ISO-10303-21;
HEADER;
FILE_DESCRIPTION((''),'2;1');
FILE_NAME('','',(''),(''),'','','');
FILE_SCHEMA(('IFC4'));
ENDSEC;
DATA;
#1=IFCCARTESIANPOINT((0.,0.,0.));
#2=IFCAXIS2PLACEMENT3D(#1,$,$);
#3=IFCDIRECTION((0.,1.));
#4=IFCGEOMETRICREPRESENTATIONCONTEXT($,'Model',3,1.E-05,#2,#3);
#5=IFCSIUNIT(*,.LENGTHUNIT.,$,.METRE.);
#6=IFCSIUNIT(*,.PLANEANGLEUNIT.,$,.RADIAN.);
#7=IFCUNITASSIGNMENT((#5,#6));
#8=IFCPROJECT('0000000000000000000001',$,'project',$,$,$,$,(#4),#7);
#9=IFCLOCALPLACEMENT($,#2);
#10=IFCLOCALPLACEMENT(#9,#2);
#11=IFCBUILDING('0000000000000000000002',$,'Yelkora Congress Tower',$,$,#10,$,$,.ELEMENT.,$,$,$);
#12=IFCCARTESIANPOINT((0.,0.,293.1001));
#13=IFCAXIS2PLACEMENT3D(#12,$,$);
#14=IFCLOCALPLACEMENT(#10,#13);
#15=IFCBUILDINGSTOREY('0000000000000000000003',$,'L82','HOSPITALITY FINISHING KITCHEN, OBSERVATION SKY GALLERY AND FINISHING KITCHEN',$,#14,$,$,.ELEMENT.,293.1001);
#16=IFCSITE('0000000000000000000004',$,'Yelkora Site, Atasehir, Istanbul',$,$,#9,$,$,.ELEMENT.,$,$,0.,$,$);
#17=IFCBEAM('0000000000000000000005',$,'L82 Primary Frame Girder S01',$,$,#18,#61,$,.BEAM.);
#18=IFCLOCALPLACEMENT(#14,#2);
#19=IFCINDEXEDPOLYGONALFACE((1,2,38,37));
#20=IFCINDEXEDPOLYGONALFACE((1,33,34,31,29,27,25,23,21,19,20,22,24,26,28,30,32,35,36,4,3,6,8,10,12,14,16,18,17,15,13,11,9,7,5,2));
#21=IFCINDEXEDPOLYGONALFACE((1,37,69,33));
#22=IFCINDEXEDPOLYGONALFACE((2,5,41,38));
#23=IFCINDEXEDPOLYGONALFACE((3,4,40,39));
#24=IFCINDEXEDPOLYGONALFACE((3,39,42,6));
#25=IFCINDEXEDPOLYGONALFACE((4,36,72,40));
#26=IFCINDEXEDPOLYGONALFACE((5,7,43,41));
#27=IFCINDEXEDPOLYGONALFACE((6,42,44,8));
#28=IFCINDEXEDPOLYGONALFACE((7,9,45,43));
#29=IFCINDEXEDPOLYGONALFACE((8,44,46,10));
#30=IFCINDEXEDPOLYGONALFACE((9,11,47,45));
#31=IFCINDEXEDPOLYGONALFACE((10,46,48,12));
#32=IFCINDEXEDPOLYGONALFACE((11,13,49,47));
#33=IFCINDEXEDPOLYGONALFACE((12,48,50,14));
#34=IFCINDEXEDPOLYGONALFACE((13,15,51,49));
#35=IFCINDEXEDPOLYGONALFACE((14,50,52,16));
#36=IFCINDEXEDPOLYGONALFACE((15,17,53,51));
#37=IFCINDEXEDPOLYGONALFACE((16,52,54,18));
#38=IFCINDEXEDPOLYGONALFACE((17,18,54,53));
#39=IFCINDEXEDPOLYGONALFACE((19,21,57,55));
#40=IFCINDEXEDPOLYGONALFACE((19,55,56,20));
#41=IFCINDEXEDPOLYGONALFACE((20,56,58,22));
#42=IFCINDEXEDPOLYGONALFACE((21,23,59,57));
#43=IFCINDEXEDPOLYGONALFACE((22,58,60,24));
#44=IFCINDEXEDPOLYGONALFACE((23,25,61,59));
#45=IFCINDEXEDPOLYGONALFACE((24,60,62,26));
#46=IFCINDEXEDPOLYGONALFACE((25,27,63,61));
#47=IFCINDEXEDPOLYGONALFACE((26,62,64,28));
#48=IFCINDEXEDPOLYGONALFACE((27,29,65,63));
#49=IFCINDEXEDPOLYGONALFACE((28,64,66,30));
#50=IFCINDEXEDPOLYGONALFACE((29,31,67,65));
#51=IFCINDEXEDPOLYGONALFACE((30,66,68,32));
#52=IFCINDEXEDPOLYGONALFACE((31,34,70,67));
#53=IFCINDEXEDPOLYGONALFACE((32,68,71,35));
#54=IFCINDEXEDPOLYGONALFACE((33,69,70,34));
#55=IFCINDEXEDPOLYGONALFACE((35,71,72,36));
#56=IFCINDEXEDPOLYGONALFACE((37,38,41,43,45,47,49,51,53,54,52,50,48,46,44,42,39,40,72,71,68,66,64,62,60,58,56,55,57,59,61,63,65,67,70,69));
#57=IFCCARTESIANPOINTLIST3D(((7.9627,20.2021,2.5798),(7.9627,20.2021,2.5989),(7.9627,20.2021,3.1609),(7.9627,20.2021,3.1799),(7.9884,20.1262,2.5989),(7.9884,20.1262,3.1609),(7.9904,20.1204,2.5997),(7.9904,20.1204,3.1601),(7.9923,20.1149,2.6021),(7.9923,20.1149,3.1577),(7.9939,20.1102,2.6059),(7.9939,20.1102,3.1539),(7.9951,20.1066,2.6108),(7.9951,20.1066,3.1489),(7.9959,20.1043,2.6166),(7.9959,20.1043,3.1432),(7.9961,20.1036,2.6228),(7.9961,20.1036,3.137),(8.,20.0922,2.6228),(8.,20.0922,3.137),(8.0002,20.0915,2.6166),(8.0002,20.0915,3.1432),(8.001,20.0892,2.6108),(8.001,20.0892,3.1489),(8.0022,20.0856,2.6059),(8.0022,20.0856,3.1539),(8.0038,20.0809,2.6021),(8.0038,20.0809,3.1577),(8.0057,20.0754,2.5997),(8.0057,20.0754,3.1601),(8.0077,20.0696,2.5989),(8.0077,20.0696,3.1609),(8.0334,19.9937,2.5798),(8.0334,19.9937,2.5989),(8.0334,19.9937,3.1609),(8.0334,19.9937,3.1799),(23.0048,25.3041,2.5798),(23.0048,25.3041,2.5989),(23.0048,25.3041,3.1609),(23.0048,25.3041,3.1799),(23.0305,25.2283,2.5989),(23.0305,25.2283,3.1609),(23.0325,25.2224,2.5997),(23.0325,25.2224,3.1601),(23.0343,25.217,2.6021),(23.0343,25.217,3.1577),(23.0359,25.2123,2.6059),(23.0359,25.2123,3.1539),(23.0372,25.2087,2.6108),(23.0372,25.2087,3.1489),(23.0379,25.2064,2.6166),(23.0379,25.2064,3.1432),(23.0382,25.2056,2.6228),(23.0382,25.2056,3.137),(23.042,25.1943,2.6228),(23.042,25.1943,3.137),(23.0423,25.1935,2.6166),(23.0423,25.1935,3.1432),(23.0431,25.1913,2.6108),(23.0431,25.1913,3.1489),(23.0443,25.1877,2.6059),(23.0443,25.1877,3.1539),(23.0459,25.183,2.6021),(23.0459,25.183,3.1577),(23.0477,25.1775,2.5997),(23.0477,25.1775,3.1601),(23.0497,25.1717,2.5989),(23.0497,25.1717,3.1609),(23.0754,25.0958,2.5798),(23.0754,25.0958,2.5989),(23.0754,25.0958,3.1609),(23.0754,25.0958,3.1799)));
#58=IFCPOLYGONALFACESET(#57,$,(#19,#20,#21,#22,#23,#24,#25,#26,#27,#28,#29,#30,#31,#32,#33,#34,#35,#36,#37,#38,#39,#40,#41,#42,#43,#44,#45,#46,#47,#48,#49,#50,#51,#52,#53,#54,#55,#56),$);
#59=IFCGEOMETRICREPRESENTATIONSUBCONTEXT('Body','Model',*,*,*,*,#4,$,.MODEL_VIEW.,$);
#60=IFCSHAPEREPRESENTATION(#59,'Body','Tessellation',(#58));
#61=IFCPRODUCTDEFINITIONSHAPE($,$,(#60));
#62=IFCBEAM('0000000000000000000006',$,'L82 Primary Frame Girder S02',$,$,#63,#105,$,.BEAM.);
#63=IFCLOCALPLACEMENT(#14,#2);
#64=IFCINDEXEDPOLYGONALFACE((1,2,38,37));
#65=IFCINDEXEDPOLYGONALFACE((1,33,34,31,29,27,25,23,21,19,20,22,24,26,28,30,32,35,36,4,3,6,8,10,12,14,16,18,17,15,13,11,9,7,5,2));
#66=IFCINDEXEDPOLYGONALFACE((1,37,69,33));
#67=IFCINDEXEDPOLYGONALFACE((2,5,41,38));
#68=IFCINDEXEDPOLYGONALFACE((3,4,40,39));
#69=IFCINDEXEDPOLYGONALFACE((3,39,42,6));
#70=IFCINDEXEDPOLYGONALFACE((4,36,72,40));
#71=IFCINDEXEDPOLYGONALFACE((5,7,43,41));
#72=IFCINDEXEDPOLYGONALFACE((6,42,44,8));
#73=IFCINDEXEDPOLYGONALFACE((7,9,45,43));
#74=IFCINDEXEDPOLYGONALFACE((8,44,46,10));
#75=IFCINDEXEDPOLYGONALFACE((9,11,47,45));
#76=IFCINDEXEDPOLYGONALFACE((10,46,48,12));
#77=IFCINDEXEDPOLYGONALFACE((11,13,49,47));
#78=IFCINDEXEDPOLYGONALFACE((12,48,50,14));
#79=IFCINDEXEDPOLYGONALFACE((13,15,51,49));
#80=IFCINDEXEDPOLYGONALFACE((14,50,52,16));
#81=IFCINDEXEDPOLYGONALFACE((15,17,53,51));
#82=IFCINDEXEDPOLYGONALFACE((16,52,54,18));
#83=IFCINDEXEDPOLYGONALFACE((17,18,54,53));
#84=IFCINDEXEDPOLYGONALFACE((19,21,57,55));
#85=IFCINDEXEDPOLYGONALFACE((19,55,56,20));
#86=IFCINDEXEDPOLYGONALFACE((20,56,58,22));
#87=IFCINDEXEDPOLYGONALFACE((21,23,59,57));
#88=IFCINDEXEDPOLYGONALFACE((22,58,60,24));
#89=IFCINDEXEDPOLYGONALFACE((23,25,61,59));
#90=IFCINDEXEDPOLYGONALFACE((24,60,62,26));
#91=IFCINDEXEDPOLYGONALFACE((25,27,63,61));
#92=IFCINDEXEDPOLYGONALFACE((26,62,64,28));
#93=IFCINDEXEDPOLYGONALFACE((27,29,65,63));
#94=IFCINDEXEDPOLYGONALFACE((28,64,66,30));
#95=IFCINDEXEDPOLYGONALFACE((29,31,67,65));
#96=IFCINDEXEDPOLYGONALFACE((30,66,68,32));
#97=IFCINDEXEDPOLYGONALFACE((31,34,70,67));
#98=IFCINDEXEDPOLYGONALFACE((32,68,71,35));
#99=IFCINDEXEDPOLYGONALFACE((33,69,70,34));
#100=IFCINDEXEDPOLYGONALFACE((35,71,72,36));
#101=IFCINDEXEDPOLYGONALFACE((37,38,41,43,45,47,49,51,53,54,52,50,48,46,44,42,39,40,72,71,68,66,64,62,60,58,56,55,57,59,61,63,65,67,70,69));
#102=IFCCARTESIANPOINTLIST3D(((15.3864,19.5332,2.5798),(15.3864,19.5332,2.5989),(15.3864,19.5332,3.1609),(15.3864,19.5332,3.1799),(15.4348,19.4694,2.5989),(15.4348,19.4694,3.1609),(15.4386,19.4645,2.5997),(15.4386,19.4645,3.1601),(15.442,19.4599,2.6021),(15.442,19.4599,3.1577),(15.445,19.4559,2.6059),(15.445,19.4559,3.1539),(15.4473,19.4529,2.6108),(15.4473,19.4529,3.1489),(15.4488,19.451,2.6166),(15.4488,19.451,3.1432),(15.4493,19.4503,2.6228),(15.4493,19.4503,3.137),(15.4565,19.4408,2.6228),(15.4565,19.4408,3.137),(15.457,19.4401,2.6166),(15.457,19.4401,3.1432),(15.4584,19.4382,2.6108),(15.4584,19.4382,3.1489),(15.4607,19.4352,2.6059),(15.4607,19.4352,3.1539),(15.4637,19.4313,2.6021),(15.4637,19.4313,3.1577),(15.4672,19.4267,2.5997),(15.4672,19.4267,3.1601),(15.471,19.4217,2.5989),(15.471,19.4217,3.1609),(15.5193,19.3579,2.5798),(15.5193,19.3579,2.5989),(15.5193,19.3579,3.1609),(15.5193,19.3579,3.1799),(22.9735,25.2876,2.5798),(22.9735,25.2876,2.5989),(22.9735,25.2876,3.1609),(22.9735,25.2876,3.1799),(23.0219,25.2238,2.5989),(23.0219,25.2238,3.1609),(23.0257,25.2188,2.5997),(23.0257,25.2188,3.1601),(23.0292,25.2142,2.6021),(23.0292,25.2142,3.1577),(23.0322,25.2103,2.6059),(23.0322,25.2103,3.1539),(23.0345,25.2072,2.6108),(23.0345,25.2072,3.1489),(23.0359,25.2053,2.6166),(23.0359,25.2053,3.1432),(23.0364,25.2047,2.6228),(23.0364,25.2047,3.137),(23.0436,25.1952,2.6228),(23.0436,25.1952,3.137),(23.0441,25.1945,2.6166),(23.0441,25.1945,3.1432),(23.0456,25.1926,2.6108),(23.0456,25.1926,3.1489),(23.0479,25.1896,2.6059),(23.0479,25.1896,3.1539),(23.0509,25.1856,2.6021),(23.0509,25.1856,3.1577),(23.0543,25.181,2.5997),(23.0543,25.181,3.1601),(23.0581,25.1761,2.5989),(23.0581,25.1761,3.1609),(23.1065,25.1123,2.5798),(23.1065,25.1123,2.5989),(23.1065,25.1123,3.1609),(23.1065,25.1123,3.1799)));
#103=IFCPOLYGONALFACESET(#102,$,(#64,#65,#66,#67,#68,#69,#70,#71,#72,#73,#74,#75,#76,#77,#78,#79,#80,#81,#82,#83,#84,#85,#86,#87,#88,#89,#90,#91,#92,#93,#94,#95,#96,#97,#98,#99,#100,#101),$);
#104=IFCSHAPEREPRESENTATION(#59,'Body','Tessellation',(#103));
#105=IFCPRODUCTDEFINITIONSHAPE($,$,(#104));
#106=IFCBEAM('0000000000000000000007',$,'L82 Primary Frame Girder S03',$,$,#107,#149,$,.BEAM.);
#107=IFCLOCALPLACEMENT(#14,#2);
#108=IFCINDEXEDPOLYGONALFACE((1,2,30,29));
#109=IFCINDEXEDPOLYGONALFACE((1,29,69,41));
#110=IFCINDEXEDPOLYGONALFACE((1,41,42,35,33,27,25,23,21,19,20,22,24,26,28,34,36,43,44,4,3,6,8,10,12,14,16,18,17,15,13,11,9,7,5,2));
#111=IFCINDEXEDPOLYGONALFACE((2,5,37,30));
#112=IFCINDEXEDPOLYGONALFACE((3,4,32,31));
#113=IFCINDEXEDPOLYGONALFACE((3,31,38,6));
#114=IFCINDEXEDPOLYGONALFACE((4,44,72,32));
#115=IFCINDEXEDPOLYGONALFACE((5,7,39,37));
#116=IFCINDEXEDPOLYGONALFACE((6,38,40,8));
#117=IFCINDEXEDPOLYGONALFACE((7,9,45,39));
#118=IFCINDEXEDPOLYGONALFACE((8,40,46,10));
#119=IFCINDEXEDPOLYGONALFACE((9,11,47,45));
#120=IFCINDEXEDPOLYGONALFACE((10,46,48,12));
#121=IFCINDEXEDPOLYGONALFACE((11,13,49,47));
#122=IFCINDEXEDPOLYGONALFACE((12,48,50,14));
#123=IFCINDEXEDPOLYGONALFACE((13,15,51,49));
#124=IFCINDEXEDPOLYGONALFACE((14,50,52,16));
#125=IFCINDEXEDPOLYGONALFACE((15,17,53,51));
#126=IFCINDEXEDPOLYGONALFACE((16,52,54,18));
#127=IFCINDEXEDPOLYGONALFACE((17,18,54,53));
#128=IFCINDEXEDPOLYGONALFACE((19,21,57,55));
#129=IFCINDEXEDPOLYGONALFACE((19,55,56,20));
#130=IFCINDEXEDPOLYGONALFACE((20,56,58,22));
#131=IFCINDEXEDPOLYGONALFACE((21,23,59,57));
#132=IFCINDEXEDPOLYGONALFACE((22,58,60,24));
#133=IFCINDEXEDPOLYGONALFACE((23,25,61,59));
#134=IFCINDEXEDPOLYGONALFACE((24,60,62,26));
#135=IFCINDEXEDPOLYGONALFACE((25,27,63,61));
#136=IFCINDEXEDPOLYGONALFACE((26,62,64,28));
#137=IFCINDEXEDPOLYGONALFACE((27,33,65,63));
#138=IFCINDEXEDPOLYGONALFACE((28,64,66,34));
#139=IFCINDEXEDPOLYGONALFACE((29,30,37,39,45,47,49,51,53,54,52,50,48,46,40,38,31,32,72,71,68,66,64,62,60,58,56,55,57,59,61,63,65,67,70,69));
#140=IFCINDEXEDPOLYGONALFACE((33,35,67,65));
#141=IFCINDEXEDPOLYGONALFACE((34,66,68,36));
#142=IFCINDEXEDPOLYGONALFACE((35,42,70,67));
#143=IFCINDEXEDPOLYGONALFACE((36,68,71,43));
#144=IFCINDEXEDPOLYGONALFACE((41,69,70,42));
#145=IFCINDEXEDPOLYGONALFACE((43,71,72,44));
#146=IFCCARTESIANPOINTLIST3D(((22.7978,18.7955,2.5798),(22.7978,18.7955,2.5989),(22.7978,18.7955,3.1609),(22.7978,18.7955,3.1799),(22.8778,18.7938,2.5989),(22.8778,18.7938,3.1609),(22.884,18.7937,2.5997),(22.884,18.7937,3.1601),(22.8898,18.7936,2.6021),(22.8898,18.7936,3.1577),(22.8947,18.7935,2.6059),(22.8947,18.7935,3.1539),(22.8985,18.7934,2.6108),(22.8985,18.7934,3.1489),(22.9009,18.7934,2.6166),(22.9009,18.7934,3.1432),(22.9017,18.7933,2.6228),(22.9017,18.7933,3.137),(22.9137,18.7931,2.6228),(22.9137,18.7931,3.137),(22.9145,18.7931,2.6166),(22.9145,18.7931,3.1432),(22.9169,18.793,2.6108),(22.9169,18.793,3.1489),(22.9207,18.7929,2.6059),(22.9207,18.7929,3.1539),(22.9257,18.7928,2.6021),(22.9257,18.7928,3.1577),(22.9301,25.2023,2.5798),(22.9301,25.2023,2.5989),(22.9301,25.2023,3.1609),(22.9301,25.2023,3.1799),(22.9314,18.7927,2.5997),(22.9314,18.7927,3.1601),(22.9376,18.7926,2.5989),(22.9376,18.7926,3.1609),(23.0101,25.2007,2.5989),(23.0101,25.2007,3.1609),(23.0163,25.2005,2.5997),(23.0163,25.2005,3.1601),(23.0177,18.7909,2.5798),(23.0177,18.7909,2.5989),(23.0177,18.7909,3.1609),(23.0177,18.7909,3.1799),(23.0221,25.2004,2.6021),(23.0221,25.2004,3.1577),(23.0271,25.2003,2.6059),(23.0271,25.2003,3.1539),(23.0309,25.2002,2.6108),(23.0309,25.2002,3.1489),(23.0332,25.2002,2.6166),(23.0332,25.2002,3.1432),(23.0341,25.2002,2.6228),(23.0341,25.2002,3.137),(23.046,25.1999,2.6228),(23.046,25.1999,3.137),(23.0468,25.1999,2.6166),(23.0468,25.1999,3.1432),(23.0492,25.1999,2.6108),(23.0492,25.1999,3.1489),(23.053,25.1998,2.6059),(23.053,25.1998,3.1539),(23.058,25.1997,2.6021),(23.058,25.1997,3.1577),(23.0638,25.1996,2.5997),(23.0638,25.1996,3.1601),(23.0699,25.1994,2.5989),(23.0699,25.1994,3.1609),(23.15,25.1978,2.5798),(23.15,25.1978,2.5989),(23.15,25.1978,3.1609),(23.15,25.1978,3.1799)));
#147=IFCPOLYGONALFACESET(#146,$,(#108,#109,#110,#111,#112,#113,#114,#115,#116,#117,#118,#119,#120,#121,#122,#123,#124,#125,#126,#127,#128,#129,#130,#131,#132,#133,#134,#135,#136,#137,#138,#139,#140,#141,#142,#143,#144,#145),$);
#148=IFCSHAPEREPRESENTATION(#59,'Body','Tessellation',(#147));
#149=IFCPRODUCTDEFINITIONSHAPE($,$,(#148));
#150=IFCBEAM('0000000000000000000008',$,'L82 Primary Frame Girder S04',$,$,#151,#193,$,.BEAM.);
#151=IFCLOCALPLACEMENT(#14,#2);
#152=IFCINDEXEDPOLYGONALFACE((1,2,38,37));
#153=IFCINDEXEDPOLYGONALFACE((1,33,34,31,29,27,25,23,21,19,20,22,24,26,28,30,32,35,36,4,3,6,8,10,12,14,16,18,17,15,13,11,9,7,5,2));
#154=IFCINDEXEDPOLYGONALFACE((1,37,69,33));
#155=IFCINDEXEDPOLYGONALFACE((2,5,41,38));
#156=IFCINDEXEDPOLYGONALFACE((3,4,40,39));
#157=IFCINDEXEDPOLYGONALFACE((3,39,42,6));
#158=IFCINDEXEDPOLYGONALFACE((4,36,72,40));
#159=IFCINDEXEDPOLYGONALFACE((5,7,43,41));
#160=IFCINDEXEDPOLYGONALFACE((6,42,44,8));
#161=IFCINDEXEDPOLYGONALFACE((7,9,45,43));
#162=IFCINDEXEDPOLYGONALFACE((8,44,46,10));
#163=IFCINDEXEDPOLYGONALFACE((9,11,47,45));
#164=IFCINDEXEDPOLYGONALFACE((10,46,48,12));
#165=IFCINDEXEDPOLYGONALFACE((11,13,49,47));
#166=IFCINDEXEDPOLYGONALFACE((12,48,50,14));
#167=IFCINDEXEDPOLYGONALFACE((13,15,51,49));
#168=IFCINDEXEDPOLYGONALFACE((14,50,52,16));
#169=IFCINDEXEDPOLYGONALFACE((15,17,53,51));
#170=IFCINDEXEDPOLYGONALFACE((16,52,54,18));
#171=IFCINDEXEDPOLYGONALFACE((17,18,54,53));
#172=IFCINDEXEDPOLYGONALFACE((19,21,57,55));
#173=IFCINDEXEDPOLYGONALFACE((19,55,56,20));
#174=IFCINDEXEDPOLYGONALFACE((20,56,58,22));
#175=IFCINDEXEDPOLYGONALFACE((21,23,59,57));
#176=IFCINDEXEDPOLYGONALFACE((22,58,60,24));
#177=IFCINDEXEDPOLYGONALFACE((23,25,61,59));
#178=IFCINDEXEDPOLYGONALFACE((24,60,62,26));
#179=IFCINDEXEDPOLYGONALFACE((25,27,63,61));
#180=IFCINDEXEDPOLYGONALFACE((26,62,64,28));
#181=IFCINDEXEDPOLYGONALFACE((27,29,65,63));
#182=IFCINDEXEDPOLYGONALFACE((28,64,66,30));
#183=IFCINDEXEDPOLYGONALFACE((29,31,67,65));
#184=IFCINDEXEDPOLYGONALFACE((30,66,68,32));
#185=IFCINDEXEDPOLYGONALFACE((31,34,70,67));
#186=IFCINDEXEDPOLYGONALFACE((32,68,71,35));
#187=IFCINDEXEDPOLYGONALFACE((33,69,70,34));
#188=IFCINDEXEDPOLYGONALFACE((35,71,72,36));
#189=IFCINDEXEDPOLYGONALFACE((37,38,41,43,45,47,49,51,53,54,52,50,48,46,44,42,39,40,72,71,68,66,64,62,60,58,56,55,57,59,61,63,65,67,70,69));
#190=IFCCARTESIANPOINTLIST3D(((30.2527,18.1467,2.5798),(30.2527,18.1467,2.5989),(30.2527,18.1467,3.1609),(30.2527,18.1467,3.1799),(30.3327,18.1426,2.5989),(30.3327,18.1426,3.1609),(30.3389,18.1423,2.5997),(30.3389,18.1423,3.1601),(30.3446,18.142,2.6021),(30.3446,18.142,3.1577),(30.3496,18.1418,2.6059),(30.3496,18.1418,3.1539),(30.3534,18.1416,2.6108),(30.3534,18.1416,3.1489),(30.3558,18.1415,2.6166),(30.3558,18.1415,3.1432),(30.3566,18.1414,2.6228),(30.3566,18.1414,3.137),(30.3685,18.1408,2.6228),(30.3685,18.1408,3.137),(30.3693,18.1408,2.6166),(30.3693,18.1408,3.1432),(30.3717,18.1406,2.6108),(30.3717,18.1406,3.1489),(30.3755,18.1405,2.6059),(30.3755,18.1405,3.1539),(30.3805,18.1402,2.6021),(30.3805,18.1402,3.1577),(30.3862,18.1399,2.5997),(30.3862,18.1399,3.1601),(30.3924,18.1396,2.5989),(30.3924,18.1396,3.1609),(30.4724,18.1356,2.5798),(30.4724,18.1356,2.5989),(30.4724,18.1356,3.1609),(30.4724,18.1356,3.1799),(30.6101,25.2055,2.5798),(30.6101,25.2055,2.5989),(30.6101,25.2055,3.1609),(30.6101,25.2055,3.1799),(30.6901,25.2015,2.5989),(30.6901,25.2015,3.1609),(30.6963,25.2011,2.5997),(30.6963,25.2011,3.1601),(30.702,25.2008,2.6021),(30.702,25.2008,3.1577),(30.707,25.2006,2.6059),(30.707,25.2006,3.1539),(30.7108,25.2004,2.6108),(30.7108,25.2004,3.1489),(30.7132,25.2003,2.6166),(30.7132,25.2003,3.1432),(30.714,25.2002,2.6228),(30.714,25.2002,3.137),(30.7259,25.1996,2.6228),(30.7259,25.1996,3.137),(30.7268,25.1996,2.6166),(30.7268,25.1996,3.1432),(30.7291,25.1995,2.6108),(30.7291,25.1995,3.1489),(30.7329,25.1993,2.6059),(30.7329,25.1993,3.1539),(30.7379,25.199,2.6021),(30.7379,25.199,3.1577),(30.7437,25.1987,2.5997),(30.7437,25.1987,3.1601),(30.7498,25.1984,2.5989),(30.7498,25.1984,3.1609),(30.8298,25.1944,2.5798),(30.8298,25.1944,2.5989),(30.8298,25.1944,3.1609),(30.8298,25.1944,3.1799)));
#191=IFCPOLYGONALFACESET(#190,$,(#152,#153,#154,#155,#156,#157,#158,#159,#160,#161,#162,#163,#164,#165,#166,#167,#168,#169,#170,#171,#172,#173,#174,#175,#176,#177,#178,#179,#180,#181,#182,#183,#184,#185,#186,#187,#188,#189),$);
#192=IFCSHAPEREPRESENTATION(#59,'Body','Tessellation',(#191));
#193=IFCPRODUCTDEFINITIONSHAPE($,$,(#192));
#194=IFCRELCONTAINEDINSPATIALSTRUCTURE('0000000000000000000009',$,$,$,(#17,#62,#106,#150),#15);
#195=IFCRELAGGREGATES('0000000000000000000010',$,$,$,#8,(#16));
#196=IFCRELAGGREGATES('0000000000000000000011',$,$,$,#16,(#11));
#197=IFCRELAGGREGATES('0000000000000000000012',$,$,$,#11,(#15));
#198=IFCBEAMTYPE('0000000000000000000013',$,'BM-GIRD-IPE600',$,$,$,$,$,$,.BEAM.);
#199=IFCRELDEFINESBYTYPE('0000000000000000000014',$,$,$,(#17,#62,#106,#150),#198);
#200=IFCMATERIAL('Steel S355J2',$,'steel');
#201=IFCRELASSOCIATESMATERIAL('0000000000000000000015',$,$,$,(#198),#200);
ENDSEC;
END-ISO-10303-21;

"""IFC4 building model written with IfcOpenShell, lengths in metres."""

from ifc_helpers import new_model, si_unit, direction, frame, origin, origin_2d, place, context, subcontext, project, spatial, i_section, extrude, material, material_profile, profile_set, type_object, element, save


model = new_model("IFC4")

# Units and contexts
model_context = context("Model", 3, precision=1e-05, world=origin(), true_north=direction((0.0, 1.0)))
body_context = subcontext(model_context, "Body", "Model", "MODEL_VIEW")
ifc_project = project(units=[si_unit("LENGTHUNIT", "METRE"), si_unit("PLANEANGLEUNIT", "RADIAN")], contexts=[model_context])

# Site, building, storey
site_placement = place(None, origin())
site = spatial("IfcSite", under=ifc_project, at=site_placement, Name="Yelkora Site, Atasehir, Istanbul", CompositionType="ELEMENT", RefElevation=0.0)
building_placement = place(site_placement, origin())
building = spatial("IfcBuilding", under=site, at=building_placement, Name="Yelkora Congress Tower", CompositionType="ELEMENT")
storey_placement = place(building_placement, frame((0.0, 0.0, 293.1001)))
storey = spatial("IfcBuildingStorey", under=building, at=storey_placement, Name="L82", Description="HOSPITALITY FINISHING KITCHEN, OBSERVATION SKY GALLERY AND FINISHING KITCHEN", CompositionType="ELEMENT", Elevation=293.1001)

# Shared definitions
ifc_material_1 = material(Name="Steel S355J2", Category="steel")

# Beams
ifc_material_profile_1 = material_profile(ifc_material_1, i_section(OverallWidth=0.22, OverallDepth=0.6001, WebThickness=0.012, FlangeThickness=0.019, FilletRadius=0.0239, at=origin_2d()), Name="IPE 600")
ifc_profile_set_1 = profile_set([ifc_material_profile_1], Name="Steel S355J2")
beam_type_1 = type_object("IfcBeamType", Name="BM-GIRD-IPE600", PredefinedType="BEAM", material=ifc_profile_set_1)
beam_1_placement = place(storey_placement, frame((7.998, 20.0979, 2.8799), z_axis=(0.947007, 0.321213, 0.0), x_axis=(-0.321213, 0.947007, 0.0)))
element("IfcBeam", 1, at=beam_1_placement, inside=storey, type_object=beam_type_1, Name="L82 Primary Frame Girder S01", PredefinedType="BEAM", context=body_context, shape_type="SweptSolid", body=[
    extrude(i_section(OverallWidth=0.22, OverallDepth=0.6001, WebThickness=0.012, FlangeThickness=0.019, FilletRadius=0.0239, at=origin_2d()), origin(), (0.0, 0.0, 1.0), 15.8838),
])
beam_2_placement = place(storey_placement, frame((15.4529, 19.4456, 2.8799), z_axis=(0.796761, 0.604294, 0.0), x_axis=(-0.604294, 0.796761, 0.0)))
element("IfcBeam", 2, at=beam_2_placement, inside=storey, type_object=beam_type_1, Name="L82 Primary Frame Girder S02", PredefinedType="BEAM", context=body_context, shape_type="SweptSolid", body=[
    extrude(i_section(OverallWidth=0.22, OverallDepth=0.6001, WebThickness=0.012, FlangeThickness=0.019, FilletRadius=0.0239, at=origin_2d()), origin(), (0.0, 0.0, 1.0), 9.5225),
])
beam_3_placement = place(storey_placement, frame((22.9077, 18.7932, 2.8799), z_axis=(0.02065, 0.999787, 0.0), x_axis=(-0.999787, 0.02065, 0.0)))
element("IfcBeam", 3, at=beam_3_placement, inside=storey, type_object=beam_type_1, Name="L82 Primary Frame Girder S03", PredefinedType="BEAM", context=body_context, shape_type="SweptSolid", body=[
    extrude(i_section(OverallWidth=0.22, OverallDepth=0.6001, WebThickness=0.012, FlangeThickness=0.019, FilletRadius=0.0239, at=origin_2d()), origin(), (0.0, 0.0, 1.0), 6.4082),
])
beam_4_placement = place(storey_placement, frame((30.3625, 18.1411, 2.8799), z_axis=(0.05057, 0.998721, 0.0), x_axis=(-0.998721, 0.05057, 0.0)))
element("IfcBeam", 4, at=beam_4_placement, inside=storey, type_object=beam_type_1, Name="L82 Primary Frame Girder S04", PredefinedType="BEAM", context=body_context, shape_type="SweptSolid", body=[
    extrude(i_section(OverallWidth=0.22, OverallDepth=0.6001, WebThickness=0.012, FlangeThickness=0.019, FilletRadius=0.0239, at=origin_2d()), origin(), (0.0, 0.0, 1.0), 7.0679),
])

save(model, "model.ifc")
